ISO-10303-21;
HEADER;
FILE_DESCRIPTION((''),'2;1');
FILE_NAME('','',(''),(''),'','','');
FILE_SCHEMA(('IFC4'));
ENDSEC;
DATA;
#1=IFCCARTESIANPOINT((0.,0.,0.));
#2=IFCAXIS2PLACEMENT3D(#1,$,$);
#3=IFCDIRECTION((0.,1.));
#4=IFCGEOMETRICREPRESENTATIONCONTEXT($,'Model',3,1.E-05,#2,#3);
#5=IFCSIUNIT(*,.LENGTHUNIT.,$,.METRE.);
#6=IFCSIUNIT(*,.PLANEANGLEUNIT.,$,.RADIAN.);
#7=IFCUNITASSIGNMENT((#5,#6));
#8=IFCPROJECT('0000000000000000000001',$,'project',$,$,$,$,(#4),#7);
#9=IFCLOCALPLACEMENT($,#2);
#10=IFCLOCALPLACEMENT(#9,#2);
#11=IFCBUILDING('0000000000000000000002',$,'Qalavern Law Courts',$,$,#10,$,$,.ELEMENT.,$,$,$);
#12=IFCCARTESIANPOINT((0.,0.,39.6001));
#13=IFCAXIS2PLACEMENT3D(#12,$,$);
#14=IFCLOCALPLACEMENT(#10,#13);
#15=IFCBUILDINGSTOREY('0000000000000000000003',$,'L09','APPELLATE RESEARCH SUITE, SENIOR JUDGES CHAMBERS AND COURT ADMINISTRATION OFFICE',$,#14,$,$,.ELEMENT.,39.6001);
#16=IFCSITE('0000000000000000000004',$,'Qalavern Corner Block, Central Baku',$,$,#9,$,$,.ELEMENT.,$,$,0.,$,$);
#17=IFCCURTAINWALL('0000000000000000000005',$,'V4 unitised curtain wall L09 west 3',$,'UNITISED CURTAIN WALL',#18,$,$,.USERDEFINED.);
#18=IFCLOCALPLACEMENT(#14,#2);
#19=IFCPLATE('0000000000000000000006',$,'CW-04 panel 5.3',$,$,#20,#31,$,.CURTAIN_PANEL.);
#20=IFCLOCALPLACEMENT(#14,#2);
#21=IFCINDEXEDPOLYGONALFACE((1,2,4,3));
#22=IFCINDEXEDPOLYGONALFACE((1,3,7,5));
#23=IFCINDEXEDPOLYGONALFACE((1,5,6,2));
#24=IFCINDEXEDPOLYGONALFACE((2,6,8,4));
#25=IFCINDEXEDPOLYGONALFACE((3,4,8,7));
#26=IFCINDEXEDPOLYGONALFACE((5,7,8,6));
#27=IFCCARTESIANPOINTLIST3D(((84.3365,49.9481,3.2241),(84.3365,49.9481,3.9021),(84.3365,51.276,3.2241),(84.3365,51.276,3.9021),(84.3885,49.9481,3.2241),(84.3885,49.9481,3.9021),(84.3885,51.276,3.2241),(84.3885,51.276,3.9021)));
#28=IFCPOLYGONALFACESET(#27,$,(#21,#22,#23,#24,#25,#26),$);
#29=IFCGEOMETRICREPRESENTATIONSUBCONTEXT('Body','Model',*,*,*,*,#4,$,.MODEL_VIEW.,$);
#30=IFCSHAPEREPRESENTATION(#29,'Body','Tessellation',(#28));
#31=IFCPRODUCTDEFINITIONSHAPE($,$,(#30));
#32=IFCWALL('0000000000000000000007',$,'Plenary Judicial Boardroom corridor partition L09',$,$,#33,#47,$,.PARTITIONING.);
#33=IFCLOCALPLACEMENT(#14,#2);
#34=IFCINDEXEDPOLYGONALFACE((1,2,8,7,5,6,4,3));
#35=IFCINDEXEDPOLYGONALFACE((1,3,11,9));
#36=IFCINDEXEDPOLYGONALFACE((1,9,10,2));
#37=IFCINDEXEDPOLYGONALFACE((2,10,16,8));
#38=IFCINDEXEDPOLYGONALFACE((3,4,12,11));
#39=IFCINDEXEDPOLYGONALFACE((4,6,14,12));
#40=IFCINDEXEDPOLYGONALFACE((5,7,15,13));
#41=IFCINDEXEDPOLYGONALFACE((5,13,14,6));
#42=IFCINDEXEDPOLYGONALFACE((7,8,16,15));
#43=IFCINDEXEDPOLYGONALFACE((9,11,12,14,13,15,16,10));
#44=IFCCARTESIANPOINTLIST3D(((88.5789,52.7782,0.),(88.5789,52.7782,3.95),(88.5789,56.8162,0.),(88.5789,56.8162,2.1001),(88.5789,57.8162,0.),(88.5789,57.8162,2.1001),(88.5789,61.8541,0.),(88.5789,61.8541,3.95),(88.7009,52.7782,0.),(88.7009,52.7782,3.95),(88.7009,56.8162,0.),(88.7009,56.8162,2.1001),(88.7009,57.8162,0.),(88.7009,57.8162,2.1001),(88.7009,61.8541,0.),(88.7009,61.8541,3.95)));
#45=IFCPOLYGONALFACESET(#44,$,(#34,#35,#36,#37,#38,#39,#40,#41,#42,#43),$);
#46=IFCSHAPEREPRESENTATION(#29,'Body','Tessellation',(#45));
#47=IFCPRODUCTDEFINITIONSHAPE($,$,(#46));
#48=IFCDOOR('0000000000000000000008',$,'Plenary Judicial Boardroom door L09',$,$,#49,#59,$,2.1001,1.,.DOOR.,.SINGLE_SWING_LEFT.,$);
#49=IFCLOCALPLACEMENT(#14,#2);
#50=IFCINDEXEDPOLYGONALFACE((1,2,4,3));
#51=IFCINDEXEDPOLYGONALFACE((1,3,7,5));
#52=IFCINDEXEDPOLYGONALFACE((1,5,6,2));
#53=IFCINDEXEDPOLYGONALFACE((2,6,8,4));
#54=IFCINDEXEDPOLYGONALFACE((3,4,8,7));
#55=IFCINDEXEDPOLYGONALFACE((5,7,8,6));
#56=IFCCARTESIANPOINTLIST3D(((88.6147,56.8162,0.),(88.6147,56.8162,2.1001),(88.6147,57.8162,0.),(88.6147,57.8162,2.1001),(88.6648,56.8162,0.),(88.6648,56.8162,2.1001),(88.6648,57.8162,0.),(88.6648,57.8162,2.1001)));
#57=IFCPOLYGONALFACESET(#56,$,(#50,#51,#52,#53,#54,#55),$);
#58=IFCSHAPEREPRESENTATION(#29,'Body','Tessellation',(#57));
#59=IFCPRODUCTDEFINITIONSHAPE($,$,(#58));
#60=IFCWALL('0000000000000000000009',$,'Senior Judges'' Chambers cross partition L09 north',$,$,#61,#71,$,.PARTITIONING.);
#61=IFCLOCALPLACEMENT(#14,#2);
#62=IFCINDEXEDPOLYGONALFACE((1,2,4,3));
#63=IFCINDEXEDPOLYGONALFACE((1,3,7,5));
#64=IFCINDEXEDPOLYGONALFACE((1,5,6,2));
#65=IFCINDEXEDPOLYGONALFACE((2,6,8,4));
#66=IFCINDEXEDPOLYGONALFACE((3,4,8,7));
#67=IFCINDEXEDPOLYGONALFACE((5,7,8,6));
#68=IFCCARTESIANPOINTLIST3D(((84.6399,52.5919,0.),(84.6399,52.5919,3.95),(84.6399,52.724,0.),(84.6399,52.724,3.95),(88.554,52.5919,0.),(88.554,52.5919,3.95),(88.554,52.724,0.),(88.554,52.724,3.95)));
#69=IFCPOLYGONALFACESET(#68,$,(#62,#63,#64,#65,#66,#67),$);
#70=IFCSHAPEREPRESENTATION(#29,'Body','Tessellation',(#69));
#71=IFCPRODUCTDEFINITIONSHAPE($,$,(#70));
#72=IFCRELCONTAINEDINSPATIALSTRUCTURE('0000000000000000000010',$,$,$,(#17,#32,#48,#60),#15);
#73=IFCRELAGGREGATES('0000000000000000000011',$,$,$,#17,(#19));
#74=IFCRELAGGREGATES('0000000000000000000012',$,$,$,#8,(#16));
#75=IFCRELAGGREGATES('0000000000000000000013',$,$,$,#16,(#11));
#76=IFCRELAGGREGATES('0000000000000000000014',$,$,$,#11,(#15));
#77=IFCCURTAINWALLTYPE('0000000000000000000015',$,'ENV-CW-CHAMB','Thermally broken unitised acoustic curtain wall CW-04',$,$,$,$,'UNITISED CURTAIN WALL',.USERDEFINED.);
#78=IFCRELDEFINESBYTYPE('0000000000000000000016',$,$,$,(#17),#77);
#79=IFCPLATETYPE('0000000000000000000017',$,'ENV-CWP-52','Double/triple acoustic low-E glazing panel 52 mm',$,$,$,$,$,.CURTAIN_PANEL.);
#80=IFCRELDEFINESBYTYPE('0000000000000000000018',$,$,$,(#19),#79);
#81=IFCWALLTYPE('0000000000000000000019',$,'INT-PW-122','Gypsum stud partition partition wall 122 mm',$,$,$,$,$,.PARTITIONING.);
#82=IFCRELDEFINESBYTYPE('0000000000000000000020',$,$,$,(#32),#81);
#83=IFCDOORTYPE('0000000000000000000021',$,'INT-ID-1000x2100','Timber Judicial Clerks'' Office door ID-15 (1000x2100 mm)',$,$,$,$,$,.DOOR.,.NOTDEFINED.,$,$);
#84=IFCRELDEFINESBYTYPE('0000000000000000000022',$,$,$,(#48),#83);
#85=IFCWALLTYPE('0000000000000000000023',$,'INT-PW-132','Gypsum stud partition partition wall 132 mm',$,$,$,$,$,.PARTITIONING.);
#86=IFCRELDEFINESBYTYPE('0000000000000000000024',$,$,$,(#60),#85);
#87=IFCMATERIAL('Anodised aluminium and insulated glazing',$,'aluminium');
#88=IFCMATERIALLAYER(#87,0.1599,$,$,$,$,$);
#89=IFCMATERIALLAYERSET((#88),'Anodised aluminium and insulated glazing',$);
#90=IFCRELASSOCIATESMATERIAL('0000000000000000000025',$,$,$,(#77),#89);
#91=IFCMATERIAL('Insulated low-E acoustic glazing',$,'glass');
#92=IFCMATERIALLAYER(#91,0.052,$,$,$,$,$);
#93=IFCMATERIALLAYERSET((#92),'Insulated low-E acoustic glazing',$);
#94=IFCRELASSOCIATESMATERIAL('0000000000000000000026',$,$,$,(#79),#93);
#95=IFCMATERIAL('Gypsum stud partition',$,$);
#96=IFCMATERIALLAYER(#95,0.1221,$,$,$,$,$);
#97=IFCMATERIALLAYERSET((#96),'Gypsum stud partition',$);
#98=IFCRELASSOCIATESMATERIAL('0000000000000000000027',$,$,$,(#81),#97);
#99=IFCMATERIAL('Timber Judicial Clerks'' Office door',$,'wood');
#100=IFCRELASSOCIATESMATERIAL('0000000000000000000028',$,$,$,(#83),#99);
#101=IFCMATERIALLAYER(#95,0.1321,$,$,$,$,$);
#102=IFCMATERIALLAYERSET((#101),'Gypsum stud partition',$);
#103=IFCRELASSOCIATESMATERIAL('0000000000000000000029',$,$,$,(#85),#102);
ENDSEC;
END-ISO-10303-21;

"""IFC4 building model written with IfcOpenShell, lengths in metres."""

from ifc_helpers import new_model, si_unit, direction, frame, frame_2d, origin, origin_2d, place, context, subcontext, project, spatial, rectangle, extrude, material, layer, layer_set, type_object, element, fill, aggregate, save


model = new_model("IFC4")

# Units and contexts
model_context = context("Model", 3, precision=1e-05, world=origin(), true_north=direction((0.0, 1.0)))
body_context = subcontext(model_context, "Body", "Model", "MODEL_VIEW")
ifc_project = project(units=[si_unit("LENGTHUNIT", "METRE"), si_unit("PLANEANGLEUNIT", "RADIAN")], contexts=[model_context])

# Site, building, storey
site_placement = place(None, origin())
site = spatial("IfcSite", under=ifc_project, at=site_placement, Name="Qalavern Corner Block, Central Baku", CompositionType="ELEMENT", RefElevation=0.0)
building_placement = place(site_placement, origin())
building = spatial("IfcBuilding", under=site, at=building_placement, Name="Qalavern Law Courts", CompositionType="ELEMENT")
storey_placement = place(building_placement, frame((0.0, 0.0, 39.6001)))
storey = spatial("IfcBuildingStorey", under=building, at=storey_placement, Name="L09", Description="APPELLATE RESEARCH SUITE, SENIOR JUDGES CHAMBERS AND COURT ADMINISTRATION OFFICE", CompositionType="ELEMENT", Elevation=39.6001)

# Shared definitions
ifc_material_1 = material(Name="Anodised aluminium and insulated glazing", Category="aluminium")
ifc_layer_1 = layer(ifc_material_1, 0.1599)
ifc_layer_set_1 = layer_set([ifc_layer_1], Name="Anodised aluminium and insulated glazing")
curtain_wall_type = type_object("IfcCurtainWallType", Name="ENV-CW-CHAMB", Description="Thermally broken unitised acoustic curtain wall CW-04", ElementType="UNITISED CURTAIN WALL", PredefinedType="USERDEFINED", material=ifc_layer_set_1)

# Curtain wall
curtain_wall_1_placement = place(storey_placement, origin())
curtain_wall_1 = element("IfcCurtainWall", 1, at=curtain_wall_1_placement, inside=storey, type_object=curtain_wall_type, Name="V4 unitised curtain wall L09 west 3", ObjectType="UNITISED CURTAIN WALL", PredefinedType="USERDEFINED")

# Plate
ifc_material_2 = material(Name="Insulated low-E acoustic glazing", Category="glass")
ifc_layer_2 = layer(ifc_material_2, 0.052)
ifc_layer_set_2 = layer_set([ifc_layer_2], Name="Insulated low-E acoustic glazing")
plate_type_1 = type_object("IfcPlateType", Name="ENV-CWP-52", Description="Double/triple acoustic low-E glazing panel 52 mm", PredefinedType="CURTAIN_PANEL", material=ifc_layer_set_2)
plate_1_placement = place(storey_placement, frame((84.3625, 50.6121, 3.2241), z_axis=(0.0, 0.0, 1.0), x_axis=(0.0, -1.0, 0.0)))
plate_1 = element("IfcPlate", 2, at=plate_1_placement, type_object=plate_type_1, Name="CW-04 panel 5.3", PredefinedType="CURTAIN_PANEL", context=body_context, shape_type="SweptSolid", body=[
    extrude(rectangle(XDim=1.3279, YDim=0.052, at=origin_2d()), origin(), (0.0, 0.0, 1.0), 0.678),
])
aggregate(curtain_wall_1, [plate_1])

# Wall, opening, door
ifc_material_3 = material(Name="Gypsum stud partition")
ifc_layer_3 = layer(ifc_material_3, 0.1221)
ifc_layer_set_3 = layer_set([ifc_layer_3], Name="Gypsum stud partition")
wall_type_1 = type_object("IfcWallType", Name="INT-PW-122", Description="Gypsum stud partition partition wall 122 mm", PredefinedType="PARTITIONING", material=ifc_layer_set_3)
wall_1_placement = place(storey_placement, frame((88.6399, 52.7781, 0.0), z_axis=(0.0, 0.0, 1.0), x_axis=(0.0, 1.0, 0.0)))
wall_1 = element("IfcWall", 3, at=wall_1_placement, inside=storey, type_object=wall_type_1, Name="Plenary Judicial Boardroom corridor partition L09", PredefinedType="PARTITIONING", context=body_context, shape_type="SweptSolid", body=[
    extrude(rectangle(XDim=9.0759, YDim=0.1221, at=frame_2d((4.5381, 0.0))), origin(), (0.0, 0.0, 1.0), 3.95),
])
opening_placement = place(wall_1_placement, frame((4.0381, 0.0, 0.0)))
opening = element("IfcOpeningElement", 4, at=opening_placement, cuts=wall_1, PredefinedType="OPENING", context=body_context, shape_type="SweptSolid", body=[
    extrude(rectangle(XDim=1.0, YDim=2.1001, at=frame_2d((0.5, 1.05))), frame((0.0, 0.0759, 0.0), z_axis=(0.0, -1.0, 0.0), x_axis=(1.0, 0.0, 0.0)), (0.0, 0.0, 1.0), 0.1519),
])
ifc_material_4 = material(Name="Timber Judicial Clerks' Office door", Category="wood")
door_type = type_object("IfcDoorType", Name="INT-ID-1000x2100", Description="Timber Judicial Clerks' Office door ID-15 (1000x2100 mm)", OperationType="NOTDEFINED", PredefinedType="DOOR", material=ifc_material_4)
door_placement = place(opening_placement, frame((1.0, 0.0, 0.0), z_axis=(0.0, 0.0, 1.0), x_axis=(-1.0, 0.0, 0.0)))
door = element("IfcDoor", 5, at=door_placement, inside=storey, type_object=door_type, Name="Plenary Judicial Boardroom door L09", OperationType="SINGLE_SWING_LEFT", OverallHeight=2.1001, OverallWidth=1.0, PredefinedType="DOOR", context=body_context, shape_type="SweptSolid", body=[
    extrude(rectangle(XDim=1.0, YDim=2.1001, at=frame_2d((0.5, 1.05))), frame((0.0, 0.0249, 0.0), z_axis=(0.0, -1.0, 0.0), x_axis=(1.0, 0.0, 0.0)), (0.0, 0.0, 1.0), 0.05),
])
fill(opening, door)

# Wall
ifc_layer_4 = layer(ifc_material_3, 0.1321)
ifc_layer_set_4 = layer_set([ifc_layer_4], Name="Gypsum stud partition")
wall_type_2 = type_object("IfcWallType", Name="INT-PW-132", Description="Gypsum stud partition partition wall 132 mm", PredefinedType="PARTITIONING", material=ifc_layer_set_4)
wall_2_placement = place(storey_placement, frame((84.6399, 52.658, 0.0), z_axis=(0.0, 0.0, 1.0), x_axis=(1.0, 0.0, 0.0)))
element("IfcWall", 6, at=wall_2_placement, inside=storey, type_object=wall_type_2, Name="Senior Judges' Chambers cross partition L09 north", PredefinedType="PARTITIONING", context=body_context, shape_type="SweptSolid", body=[
    extrude(rectangle(XDim=3.9141, YDim=0.1321, at=frame_2d((1.957, 0.0))), origin(), (0.0, 0.0, 1.0), 3.95),
])

save(model, "model.ifc")
